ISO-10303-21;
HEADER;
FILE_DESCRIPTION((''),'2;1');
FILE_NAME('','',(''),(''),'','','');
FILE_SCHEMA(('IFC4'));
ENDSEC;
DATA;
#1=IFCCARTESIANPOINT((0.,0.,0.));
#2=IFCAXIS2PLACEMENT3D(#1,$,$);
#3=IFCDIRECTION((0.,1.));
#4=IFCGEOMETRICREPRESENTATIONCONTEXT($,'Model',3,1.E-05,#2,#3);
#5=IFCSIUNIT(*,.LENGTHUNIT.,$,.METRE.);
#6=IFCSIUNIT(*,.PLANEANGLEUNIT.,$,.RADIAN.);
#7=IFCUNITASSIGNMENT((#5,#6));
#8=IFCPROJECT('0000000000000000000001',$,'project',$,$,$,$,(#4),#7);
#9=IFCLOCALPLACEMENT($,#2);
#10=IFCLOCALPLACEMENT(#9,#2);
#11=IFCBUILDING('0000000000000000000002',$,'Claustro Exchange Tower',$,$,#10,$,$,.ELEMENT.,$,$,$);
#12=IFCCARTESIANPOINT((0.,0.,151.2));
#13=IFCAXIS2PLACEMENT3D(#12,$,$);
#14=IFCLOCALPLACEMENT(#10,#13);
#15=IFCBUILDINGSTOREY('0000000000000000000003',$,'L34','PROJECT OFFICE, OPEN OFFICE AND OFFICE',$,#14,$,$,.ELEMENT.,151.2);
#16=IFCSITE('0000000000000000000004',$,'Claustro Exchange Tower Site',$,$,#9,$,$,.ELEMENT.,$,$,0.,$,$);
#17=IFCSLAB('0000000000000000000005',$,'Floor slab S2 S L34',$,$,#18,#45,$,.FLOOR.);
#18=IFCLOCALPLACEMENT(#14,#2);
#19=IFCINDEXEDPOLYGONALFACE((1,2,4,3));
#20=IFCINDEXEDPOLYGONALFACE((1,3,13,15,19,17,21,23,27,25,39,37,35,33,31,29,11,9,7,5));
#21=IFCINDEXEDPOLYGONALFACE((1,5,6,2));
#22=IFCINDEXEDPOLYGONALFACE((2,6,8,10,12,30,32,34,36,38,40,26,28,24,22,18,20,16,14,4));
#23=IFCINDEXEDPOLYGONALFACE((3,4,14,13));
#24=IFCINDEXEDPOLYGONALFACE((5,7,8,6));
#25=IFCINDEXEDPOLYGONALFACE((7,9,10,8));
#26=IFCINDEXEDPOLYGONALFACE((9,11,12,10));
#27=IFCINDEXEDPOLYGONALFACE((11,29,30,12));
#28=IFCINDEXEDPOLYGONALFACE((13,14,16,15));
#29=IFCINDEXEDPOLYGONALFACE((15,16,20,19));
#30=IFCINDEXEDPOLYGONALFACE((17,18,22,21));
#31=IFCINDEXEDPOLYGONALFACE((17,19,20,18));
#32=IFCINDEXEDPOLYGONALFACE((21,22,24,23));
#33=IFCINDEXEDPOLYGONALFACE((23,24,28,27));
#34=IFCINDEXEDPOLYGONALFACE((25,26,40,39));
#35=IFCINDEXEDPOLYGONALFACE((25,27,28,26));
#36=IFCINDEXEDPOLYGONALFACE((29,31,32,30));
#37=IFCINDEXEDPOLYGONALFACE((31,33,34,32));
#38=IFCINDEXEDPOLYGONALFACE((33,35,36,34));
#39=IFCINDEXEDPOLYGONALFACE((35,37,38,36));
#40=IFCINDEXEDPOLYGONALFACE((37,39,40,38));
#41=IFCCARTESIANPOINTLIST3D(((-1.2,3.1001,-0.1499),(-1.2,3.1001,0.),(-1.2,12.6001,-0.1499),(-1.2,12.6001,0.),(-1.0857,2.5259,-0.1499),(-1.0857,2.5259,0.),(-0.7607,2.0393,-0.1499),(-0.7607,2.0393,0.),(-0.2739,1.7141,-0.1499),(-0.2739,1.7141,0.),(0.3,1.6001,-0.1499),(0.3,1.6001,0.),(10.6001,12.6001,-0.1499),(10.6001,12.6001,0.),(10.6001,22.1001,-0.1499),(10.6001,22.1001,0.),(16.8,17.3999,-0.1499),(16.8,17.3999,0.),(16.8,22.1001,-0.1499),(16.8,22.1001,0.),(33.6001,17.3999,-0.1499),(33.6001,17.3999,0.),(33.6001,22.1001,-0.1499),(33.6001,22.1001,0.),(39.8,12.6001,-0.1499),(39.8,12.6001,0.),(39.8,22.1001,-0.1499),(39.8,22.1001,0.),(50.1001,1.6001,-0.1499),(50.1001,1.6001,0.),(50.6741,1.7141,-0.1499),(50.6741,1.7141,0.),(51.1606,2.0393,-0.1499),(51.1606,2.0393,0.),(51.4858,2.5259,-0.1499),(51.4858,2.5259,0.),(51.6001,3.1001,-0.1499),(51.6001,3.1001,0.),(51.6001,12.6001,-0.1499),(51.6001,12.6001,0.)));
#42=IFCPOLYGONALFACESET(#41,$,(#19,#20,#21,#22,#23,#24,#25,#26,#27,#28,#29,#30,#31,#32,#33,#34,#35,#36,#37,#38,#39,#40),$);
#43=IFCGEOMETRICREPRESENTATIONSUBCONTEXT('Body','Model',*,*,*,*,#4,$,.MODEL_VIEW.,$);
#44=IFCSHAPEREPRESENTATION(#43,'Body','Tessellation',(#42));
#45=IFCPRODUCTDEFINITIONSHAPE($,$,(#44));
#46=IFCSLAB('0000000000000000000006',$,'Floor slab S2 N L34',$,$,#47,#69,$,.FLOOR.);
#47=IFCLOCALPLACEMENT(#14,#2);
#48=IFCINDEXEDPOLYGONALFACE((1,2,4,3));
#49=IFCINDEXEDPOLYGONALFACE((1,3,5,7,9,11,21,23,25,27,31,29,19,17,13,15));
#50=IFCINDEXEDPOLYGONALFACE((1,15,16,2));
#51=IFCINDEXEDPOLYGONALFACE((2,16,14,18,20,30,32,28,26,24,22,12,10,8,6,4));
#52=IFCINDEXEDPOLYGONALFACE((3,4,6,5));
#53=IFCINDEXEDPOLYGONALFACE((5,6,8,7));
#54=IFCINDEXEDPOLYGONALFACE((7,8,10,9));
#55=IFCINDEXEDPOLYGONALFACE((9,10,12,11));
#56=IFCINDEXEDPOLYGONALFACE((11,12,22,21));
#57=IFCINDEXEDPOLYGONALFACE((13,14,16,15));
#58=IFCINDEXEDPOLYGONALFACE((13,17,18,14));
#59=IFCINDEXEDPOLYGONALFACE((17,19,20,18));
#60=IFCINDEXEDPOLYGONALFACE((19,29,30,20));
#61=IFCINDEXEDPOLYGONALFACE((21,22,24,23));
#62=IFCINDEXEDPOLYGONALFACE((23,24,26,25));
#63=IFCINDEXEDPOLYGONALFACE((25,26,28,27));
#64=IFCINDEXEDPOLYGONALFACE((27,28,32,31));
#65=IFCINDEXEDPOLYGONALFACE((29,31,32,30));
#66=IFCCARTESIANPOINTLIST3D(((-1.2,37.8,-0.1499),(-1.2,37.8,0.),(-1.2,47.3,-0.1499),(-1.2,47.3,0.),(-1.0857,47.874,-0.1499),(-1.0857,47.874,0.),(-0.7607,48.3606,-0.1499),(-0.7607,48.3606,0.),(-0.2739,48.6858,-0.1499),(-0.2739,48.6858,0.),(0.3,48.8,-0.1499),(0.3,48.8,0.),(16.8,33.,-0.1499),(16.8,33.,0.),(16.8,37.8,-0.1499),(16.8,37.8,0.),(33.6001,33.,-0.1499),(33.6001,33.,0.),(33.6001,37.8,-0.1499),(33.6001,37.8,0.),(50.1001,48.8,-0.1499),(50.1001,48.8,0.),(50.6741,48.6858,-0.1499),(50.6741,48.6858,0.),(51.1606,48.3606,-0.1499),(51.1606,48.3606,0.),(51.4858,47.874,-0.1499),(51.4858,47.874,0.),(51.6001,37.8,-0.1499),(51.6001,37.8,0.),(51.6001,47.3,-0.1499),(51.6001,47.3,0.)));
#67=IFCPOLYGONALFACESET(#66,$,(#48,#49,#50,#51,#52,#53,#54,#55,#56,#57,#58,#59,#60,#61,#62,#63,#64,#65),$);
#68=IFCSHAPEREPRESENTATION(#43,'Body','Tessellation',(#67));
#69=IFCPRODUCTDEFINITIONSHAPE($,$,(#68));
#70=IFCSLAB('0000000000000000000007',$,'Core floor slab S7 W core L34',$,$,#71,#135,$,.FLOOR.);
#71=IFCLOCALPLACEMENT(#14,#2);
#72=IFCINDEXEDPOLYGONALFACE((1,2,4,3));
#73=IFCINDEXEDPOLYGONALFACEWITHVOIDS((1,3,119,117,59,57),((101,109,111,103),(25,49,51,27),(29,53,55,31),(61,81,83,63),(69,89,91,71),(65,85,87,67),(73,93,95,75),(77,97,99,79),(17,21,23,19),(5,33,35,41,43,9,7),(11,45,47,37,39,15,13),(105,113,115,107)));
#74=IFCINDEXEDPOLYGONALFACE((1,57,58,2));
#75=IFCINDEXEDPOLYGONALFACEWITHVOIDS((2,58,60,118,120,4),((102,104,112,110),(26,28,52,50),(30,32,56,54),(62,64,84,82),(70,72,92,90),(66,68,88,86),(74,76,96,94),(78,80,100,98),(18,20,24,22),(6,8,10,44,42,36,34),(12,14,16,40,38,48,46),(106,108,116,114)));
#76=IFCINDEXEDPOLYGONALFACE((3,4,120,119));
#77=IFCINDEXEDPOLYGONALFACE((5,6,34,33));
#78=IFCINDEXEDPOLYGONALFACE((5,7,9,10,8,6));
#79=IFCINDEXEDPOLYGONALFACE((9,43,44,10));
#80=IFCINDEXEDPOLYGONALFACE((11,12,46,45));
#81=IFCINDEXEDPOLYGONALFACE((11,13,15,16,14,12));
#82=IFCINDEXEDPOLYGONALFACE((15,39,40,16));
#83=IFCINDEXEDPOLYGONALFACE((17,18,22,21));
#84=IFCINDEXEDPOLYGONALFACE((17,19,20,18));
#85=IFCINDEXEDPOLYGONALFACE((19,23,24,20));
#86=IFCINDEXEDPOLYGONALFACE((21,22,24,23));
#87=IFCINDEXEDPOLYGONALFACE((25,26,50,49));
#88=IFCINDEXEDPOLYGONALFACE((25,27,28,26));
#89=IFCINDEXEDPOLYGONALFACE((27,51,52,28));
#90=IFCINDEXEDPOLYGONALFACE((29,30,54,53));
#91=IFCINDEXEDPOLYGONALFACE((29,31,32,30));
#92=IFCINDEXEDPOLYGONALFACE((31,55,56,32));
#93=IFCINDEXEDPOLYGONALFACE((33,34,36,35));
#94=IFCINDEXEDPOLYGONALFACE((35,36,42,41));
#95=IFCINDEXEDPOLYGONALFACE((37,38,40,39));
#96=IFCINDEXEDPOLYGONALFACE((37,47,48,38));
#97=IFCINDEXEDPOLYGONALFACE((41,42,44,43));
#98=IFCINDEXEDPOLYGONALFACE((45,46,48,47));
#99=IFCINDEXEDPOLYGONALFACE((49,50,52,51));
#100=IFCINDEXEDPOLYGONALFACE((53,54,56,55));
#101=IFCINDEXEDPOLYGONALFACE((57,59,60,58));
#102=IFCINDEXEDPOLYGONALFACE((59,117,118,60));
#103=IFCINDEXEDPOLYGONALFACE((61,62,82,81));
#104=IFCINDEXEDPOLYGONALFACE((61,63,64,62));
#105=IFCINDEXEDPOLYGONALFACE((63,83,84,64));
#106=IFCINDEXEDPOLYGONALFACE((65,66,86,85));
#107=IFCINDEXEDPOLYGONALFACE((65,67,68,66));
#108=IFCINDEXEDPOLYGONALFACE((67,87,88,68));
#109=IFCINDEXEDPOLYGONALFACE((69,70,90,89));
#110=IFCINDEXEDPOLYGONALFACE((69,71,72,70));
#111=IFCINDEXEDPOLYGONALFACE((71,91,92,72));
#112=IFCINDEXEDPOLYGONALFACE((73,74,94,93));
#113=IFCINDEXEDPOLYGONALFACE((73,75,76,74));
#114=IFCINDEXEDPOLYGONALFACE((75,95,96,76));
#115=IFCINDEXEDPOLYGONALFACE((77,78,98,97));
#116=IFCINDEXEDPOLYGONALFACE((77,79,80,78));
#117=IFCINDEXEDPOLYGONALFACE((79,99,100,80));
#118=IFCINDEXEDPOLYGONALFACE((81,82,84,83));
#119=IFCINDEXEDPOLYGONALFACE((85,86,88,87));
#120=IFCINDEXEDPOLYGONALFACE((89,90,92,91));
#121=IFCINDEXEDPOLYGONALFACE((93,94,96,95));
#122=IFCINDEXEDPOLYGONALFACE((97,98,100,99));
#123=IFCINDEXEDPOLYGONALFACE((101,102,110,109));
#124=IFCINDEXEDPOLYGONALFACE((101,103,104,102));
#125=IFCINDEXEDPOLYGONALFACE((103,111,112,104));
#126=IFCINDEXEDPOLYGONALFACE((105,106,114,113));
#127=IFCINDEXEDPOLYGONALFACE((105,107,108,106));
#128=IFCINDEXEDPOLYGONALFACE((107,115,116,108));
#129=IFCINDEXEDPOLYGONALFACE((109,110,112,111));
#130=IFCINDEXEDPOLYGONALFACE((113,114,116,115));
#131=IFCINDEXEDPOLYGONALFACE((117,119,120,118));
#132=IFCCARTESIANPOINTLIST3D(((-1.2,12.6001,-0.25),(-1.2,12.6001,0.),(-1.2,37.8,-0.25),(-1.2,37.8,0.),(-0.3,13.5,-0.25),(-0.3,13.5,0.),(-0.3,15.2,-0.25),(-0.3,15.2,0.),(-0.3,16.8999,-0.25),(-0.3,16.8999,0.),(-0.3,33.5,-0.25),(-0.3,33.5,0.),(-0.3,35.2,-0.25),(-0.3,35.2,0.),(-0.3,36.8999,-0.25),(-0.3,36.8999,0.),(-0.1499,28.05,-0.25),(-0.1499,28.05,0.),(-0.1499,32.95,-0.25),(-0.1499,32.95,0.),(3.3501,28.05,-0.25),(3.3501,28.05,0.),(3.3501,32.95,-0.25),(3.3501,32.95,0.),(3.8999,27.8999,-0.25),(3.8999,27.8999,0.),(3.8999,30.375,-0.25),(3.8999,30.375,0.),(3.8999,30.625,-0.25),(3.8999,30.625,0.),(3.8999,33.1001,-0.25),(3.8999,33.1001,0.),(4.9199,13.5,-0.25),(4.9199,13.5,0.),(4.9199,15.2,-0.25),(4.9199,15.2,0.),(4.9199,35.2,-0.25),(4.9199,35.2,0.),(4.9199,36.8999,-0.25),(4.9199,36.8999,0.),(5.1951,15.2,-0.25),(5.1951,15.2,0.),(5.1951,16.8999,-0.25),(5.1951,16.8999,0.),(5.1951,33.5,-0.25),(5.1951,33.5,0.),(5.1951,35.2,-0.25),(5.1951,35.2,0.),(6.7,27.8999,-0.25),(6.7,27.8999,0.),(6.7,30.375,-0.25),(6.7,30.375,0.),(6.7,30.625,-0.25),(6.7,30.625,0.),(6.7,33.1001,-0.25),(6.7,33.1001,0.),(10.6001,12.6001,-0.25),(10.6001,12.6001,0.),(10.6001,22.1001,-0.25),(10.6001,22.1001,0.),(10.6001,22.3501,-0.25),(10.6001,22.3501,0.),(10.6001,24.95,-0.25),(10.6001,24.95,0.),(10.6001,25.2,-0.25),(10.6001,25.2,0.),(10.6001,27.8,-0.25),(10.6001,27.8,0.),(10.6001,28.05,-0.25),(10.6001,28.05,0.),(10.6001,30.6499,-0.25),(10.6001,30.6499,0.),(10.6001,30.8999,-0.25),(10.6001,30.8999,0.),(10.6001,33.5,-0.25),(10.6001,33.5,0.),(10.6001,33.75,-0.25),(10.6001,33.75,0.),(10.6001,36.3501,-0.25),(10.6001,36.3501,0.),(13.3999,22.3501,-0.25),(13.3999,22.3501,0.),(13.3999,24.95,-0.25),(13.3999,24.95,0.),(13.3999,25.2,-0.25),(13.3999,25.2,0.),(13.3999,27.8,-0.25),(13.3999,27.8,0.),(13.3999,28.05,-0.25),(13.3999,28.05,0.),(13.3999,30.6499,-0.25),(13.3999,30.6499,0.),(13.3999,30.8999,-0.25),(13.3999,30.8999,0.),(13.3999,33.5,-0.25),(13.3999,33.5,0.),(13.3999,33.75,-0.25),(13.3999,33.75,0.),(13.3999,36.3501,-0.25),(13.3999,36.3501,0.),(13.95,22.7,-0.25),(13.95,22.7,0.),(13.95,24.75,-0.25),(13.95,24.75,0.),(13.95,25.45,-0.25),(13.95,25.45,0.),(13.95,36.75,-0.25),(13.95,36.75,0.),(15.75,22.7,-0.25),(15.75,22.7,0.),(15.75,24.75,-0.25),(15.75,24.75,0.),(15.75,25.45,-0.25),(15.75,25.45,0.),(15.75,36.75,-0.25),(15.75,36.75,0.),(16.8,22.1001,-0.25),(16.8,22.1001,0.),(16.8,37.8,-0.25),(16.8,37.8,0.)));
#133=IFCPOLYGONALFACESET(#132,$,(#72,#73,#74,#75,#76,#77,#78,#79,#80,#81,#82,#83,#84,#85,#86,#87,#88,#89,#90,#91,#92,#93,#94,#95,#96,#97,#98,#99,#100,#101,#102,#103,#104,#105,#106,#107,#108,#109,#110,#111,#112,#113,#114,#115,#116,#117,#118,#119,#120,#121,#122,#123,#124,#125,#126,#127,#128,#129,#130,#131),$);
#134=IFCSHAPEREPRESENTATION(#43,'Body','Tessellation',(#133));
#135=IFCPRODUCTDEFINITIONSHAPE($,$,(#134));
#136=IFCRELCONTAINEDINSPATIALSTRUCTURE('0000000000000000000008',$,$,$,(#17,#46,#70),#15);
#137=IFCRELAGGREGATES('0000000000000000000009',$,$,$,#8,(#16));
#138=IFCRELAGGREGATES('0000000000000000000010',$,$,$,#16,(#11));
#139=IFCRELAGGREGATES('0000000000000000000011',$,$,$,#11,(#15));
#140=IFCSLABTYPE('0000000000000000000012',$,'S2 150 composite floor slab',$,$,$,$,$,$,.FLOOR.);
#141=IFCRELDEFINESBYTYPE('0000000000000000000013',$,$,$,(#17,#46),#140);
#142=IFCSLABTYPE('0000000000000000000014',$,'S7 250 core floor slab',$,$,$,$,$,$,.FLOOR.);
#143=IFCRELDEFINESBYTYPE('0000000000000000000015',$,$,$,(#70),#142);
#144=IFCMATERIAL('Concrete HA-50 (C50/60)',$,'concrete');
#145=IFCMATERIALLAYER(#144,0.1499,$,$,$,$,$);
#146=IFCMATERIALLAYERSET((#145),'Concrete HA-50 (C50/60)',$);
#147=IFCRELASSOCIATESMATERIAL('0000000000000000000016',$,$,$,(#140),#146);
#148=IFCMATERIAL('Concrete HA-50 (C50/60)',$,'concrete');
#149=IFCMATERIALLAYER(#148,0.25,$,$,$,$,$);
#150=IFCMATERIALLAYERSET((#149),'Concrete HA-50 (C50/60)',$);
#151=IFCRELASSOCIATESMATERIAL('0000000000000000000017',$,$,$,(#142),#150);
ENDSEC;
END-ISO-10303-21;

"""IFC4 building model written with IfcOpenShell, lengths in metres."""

from ifc_helpers import new_model, si_unit, direction, frame, origin, place, context, subcontext, project, spatial, polyline, outline, extrude, material, layer, layer_set, type_object, element, save


model = new_model("IFC4")

# Units and contexts
model_context = context("Model", 3, precision=1e-05, world=origin(), true_north=direction((0.0, 1.0)))
body_context = subcontext(model_context, "Body", "Model", "MODEL_VIEW")
ifc_project = project(units=[si_unit("LENGTHUNIT", "METRE"), si_unit("PLANEANGLEUNIT", "RADIAN")], contexts=[model_context])

# Site, building, storey
site_placement = place(None, origin())
site = spatial("IfcSite", under=ifc_project, at=site_placement, Name="Claustro Exchange Tower Site", CompositionType="ELEMENT", RefElevation=0.0)
building_placement = place(site_placement, origin())
building = spatial("IfcBuilding", under=site, at=building_placement, Name="Claustro Exchange Tower", CompositionType="ELEMENT")
storey_placement = place(building_placement, frame((0.0, 0.0, 151.2)))
storey = spatial("IfcBuildingStorey", under=building, at=storey_placement, Name="L34", Description="PROJECT OFFICE, OPEN OFFICE AND OFFICE", CompositionType="ELEMENT", Elevation=151.2)

# Slabs
ifc_material_1 = material(Name="Concrete HA-50 (C50/60)", Category="concrete")
ifc_layer_1 = layer(ifc_material_1, 0.1499)
ifc_layer_set_1 = layer_set([ifc_layer_1], Name="Concrete HA-50 (C50/60)")
slab_type_1 = type_object("IfcSlabType", Name="S2 150 composite floor slab", PredefinedType="FLOOR", material=ifc_layer_set_1)
slab_1_placement = place(storey_placement, frame((0.0, 0.0, -0.1499)))
element("IfcSlab", 1, at=slab_1_placement, inside=storey, type_object=slab_type_1, Name="Floor slab S2 S L34", PredefinedType="FLOOR", context=body_context, shape_type="SweptSolid", body=[
    extrude(outline(polyline([(-0.2739, 1.7141), (0.3, 1.6001), (50.1001, 1.6001), (50.6741, 1.7141), (51.1606, 2.0393), (51.4858, 2.5259), (51.6001, 3.1001), (51.6001, 12.6001), (39.8, 12.6001), (39.8, 22.1001), (33.6001, 22.1001), (33.6001, 17.3999), (16.8, 17.3999), (16.8, 22.1001), (10.6001, 22.1001), (10.6001, 12.6001), (-1.2, 12.6001), (-1.2, 3.1001), (-1.0857, 2.5259), (-0.7607, 2.0393), (-0.2739, 1.7141)])), origin(), (0.0, 0.0, 1.0), 0.1499),
])
slab_2_placement = place(storey_placement, frame((0.0, 0.0, -0.1499)))
element("IfcSlab", 2, at=slab_2_placement, inside=storey, type_object=slab_type_1, Name="Floor slab S2 N L34", PredefinedType="FLOOR", context=body_context, shape_type="SweptSolid", body=[
    extrude(outline(polyline([(16.8, 37.8), (16.8, 33.0), (33.6001, 33.0), (33.6001, 37.8), (51.6001, 37.8), (51.6001, 47.3), (51.4858, 47.874), (51.1606, 48.3606), (50.6741, 48.6858), (50.1001, 48.8), (0.3, 48.8), (-0.2739, 48.6858), (-0.7607, 48.3606), (-1.0857, 47.874), (-1.2, 47.3), (-1.2, 37.8), (16.8, 37.8)])), origin(), (0.0, 0.0, 1.0), 0.1499),
])
ifc_material_2 = material(Name="Concrete HA-50 (C50/60)", Category="concrete")
ifc_layer_2 = layer(ifc_material_2, 0.25)
ifc_layer_set_2 = layer_set([ifc_layer_2], Name="Concrete HA-50 (C50/60)")
slab_type_2 = type_object("IfcSlabType", Name="S7 250 core floor slab", PredefinedType="FLOOR", material=ifc_layer_set_2)
slab_3_placement = place(storey_placement, frame((0.0, 0.0, -0.25)))
element("IfcSlab", 3, at=slab_3_placement, inside=storey, type_object=slab_type_2, Name="Core floor slab S7 W core L34", PredefinedType="FLOOR", context=body_context, shape_type="SweptSolid", body=[
    extrude(outline(polyline([(-1.2, 37.8), (-1.2, 12.6001), (10.6001, 12.6001), (10.6001, 22.1001), (16.8, 22.1001), (16.8, 37.8), (-1.2, 37.8)]), holes=[polyline([(13.95, 24.75), (15.75, 24.75), (15.75, 22.7), (13.95, 22.7), (13.95, 24.75)]), polyline([(13.95, 36.75), (15.75, 36.75), (15.75, 25.45), (13.95, 25.45), (13.95, 36.75)]), polyline([(13.3999, 24.95), (13.3999, 22.3501), (10.6001, 22.3501), (10.6001, 24.95), (13.3999, 24.95)]), polyline([(13.3999, 27.8), (13.3999, 25.2), (10.6001, 25.2), (10.6001, 27.8), (13.3999, 27.8)]), polyline([(13.3999, 30.6499), (13.3999, 28.05), (10.6001, 28.05), (10.6001, 30.6499), (13.3999, 30.6499)]), polyline([(13.3999, 33.5), (13.3999, 30.8999), (10.6001, 30.8999), (10.6001, 33.5), (13.3999, 33.5)]), polyline([(13.3999, 36.3501), (13.3999, 33.75), (10.6001, 33.75), (10.6001, 36.3501), (13.3999, 36.3501)]), polyline([(6.7, 30.375), (6.7, 27.8999), (3.8999, 27.8999), (3.8999, 30.375), (6.7, 30.375)]), polyline([(6.7, 33.1001), (6.7, 30.625), (3.8999, 30.625), (3.8999, 33.1001), (6.7, 33.1001)]), polyline([(-0.3, 15.2), (-0.3, 16.8999), (5.1951, 16.8999), (5.1951, 15.2), (4.9199, 15.2), (4.9199, 13.5), (-0.3, 13.5), (-0.3, 15.2)]), polyline([(-0.3, 35.2), (-0.3, 36.8999), (4.9199, 36.8999), (4.9199, 35.2), (5.1951, 35.2), (5.1951, 33.5), (-0.3, 33.5), (-0.3, 35.2)]), polyline([(-0.1499, 32.95), (3.3501, 32.95), (3.3501, 28.05), (-0.1499, 28.05), (-0.1499, 32.95)])]), origin(), (0.0, 0.0, 1.0), 0.25),
])

save(model, "model.ifc")
